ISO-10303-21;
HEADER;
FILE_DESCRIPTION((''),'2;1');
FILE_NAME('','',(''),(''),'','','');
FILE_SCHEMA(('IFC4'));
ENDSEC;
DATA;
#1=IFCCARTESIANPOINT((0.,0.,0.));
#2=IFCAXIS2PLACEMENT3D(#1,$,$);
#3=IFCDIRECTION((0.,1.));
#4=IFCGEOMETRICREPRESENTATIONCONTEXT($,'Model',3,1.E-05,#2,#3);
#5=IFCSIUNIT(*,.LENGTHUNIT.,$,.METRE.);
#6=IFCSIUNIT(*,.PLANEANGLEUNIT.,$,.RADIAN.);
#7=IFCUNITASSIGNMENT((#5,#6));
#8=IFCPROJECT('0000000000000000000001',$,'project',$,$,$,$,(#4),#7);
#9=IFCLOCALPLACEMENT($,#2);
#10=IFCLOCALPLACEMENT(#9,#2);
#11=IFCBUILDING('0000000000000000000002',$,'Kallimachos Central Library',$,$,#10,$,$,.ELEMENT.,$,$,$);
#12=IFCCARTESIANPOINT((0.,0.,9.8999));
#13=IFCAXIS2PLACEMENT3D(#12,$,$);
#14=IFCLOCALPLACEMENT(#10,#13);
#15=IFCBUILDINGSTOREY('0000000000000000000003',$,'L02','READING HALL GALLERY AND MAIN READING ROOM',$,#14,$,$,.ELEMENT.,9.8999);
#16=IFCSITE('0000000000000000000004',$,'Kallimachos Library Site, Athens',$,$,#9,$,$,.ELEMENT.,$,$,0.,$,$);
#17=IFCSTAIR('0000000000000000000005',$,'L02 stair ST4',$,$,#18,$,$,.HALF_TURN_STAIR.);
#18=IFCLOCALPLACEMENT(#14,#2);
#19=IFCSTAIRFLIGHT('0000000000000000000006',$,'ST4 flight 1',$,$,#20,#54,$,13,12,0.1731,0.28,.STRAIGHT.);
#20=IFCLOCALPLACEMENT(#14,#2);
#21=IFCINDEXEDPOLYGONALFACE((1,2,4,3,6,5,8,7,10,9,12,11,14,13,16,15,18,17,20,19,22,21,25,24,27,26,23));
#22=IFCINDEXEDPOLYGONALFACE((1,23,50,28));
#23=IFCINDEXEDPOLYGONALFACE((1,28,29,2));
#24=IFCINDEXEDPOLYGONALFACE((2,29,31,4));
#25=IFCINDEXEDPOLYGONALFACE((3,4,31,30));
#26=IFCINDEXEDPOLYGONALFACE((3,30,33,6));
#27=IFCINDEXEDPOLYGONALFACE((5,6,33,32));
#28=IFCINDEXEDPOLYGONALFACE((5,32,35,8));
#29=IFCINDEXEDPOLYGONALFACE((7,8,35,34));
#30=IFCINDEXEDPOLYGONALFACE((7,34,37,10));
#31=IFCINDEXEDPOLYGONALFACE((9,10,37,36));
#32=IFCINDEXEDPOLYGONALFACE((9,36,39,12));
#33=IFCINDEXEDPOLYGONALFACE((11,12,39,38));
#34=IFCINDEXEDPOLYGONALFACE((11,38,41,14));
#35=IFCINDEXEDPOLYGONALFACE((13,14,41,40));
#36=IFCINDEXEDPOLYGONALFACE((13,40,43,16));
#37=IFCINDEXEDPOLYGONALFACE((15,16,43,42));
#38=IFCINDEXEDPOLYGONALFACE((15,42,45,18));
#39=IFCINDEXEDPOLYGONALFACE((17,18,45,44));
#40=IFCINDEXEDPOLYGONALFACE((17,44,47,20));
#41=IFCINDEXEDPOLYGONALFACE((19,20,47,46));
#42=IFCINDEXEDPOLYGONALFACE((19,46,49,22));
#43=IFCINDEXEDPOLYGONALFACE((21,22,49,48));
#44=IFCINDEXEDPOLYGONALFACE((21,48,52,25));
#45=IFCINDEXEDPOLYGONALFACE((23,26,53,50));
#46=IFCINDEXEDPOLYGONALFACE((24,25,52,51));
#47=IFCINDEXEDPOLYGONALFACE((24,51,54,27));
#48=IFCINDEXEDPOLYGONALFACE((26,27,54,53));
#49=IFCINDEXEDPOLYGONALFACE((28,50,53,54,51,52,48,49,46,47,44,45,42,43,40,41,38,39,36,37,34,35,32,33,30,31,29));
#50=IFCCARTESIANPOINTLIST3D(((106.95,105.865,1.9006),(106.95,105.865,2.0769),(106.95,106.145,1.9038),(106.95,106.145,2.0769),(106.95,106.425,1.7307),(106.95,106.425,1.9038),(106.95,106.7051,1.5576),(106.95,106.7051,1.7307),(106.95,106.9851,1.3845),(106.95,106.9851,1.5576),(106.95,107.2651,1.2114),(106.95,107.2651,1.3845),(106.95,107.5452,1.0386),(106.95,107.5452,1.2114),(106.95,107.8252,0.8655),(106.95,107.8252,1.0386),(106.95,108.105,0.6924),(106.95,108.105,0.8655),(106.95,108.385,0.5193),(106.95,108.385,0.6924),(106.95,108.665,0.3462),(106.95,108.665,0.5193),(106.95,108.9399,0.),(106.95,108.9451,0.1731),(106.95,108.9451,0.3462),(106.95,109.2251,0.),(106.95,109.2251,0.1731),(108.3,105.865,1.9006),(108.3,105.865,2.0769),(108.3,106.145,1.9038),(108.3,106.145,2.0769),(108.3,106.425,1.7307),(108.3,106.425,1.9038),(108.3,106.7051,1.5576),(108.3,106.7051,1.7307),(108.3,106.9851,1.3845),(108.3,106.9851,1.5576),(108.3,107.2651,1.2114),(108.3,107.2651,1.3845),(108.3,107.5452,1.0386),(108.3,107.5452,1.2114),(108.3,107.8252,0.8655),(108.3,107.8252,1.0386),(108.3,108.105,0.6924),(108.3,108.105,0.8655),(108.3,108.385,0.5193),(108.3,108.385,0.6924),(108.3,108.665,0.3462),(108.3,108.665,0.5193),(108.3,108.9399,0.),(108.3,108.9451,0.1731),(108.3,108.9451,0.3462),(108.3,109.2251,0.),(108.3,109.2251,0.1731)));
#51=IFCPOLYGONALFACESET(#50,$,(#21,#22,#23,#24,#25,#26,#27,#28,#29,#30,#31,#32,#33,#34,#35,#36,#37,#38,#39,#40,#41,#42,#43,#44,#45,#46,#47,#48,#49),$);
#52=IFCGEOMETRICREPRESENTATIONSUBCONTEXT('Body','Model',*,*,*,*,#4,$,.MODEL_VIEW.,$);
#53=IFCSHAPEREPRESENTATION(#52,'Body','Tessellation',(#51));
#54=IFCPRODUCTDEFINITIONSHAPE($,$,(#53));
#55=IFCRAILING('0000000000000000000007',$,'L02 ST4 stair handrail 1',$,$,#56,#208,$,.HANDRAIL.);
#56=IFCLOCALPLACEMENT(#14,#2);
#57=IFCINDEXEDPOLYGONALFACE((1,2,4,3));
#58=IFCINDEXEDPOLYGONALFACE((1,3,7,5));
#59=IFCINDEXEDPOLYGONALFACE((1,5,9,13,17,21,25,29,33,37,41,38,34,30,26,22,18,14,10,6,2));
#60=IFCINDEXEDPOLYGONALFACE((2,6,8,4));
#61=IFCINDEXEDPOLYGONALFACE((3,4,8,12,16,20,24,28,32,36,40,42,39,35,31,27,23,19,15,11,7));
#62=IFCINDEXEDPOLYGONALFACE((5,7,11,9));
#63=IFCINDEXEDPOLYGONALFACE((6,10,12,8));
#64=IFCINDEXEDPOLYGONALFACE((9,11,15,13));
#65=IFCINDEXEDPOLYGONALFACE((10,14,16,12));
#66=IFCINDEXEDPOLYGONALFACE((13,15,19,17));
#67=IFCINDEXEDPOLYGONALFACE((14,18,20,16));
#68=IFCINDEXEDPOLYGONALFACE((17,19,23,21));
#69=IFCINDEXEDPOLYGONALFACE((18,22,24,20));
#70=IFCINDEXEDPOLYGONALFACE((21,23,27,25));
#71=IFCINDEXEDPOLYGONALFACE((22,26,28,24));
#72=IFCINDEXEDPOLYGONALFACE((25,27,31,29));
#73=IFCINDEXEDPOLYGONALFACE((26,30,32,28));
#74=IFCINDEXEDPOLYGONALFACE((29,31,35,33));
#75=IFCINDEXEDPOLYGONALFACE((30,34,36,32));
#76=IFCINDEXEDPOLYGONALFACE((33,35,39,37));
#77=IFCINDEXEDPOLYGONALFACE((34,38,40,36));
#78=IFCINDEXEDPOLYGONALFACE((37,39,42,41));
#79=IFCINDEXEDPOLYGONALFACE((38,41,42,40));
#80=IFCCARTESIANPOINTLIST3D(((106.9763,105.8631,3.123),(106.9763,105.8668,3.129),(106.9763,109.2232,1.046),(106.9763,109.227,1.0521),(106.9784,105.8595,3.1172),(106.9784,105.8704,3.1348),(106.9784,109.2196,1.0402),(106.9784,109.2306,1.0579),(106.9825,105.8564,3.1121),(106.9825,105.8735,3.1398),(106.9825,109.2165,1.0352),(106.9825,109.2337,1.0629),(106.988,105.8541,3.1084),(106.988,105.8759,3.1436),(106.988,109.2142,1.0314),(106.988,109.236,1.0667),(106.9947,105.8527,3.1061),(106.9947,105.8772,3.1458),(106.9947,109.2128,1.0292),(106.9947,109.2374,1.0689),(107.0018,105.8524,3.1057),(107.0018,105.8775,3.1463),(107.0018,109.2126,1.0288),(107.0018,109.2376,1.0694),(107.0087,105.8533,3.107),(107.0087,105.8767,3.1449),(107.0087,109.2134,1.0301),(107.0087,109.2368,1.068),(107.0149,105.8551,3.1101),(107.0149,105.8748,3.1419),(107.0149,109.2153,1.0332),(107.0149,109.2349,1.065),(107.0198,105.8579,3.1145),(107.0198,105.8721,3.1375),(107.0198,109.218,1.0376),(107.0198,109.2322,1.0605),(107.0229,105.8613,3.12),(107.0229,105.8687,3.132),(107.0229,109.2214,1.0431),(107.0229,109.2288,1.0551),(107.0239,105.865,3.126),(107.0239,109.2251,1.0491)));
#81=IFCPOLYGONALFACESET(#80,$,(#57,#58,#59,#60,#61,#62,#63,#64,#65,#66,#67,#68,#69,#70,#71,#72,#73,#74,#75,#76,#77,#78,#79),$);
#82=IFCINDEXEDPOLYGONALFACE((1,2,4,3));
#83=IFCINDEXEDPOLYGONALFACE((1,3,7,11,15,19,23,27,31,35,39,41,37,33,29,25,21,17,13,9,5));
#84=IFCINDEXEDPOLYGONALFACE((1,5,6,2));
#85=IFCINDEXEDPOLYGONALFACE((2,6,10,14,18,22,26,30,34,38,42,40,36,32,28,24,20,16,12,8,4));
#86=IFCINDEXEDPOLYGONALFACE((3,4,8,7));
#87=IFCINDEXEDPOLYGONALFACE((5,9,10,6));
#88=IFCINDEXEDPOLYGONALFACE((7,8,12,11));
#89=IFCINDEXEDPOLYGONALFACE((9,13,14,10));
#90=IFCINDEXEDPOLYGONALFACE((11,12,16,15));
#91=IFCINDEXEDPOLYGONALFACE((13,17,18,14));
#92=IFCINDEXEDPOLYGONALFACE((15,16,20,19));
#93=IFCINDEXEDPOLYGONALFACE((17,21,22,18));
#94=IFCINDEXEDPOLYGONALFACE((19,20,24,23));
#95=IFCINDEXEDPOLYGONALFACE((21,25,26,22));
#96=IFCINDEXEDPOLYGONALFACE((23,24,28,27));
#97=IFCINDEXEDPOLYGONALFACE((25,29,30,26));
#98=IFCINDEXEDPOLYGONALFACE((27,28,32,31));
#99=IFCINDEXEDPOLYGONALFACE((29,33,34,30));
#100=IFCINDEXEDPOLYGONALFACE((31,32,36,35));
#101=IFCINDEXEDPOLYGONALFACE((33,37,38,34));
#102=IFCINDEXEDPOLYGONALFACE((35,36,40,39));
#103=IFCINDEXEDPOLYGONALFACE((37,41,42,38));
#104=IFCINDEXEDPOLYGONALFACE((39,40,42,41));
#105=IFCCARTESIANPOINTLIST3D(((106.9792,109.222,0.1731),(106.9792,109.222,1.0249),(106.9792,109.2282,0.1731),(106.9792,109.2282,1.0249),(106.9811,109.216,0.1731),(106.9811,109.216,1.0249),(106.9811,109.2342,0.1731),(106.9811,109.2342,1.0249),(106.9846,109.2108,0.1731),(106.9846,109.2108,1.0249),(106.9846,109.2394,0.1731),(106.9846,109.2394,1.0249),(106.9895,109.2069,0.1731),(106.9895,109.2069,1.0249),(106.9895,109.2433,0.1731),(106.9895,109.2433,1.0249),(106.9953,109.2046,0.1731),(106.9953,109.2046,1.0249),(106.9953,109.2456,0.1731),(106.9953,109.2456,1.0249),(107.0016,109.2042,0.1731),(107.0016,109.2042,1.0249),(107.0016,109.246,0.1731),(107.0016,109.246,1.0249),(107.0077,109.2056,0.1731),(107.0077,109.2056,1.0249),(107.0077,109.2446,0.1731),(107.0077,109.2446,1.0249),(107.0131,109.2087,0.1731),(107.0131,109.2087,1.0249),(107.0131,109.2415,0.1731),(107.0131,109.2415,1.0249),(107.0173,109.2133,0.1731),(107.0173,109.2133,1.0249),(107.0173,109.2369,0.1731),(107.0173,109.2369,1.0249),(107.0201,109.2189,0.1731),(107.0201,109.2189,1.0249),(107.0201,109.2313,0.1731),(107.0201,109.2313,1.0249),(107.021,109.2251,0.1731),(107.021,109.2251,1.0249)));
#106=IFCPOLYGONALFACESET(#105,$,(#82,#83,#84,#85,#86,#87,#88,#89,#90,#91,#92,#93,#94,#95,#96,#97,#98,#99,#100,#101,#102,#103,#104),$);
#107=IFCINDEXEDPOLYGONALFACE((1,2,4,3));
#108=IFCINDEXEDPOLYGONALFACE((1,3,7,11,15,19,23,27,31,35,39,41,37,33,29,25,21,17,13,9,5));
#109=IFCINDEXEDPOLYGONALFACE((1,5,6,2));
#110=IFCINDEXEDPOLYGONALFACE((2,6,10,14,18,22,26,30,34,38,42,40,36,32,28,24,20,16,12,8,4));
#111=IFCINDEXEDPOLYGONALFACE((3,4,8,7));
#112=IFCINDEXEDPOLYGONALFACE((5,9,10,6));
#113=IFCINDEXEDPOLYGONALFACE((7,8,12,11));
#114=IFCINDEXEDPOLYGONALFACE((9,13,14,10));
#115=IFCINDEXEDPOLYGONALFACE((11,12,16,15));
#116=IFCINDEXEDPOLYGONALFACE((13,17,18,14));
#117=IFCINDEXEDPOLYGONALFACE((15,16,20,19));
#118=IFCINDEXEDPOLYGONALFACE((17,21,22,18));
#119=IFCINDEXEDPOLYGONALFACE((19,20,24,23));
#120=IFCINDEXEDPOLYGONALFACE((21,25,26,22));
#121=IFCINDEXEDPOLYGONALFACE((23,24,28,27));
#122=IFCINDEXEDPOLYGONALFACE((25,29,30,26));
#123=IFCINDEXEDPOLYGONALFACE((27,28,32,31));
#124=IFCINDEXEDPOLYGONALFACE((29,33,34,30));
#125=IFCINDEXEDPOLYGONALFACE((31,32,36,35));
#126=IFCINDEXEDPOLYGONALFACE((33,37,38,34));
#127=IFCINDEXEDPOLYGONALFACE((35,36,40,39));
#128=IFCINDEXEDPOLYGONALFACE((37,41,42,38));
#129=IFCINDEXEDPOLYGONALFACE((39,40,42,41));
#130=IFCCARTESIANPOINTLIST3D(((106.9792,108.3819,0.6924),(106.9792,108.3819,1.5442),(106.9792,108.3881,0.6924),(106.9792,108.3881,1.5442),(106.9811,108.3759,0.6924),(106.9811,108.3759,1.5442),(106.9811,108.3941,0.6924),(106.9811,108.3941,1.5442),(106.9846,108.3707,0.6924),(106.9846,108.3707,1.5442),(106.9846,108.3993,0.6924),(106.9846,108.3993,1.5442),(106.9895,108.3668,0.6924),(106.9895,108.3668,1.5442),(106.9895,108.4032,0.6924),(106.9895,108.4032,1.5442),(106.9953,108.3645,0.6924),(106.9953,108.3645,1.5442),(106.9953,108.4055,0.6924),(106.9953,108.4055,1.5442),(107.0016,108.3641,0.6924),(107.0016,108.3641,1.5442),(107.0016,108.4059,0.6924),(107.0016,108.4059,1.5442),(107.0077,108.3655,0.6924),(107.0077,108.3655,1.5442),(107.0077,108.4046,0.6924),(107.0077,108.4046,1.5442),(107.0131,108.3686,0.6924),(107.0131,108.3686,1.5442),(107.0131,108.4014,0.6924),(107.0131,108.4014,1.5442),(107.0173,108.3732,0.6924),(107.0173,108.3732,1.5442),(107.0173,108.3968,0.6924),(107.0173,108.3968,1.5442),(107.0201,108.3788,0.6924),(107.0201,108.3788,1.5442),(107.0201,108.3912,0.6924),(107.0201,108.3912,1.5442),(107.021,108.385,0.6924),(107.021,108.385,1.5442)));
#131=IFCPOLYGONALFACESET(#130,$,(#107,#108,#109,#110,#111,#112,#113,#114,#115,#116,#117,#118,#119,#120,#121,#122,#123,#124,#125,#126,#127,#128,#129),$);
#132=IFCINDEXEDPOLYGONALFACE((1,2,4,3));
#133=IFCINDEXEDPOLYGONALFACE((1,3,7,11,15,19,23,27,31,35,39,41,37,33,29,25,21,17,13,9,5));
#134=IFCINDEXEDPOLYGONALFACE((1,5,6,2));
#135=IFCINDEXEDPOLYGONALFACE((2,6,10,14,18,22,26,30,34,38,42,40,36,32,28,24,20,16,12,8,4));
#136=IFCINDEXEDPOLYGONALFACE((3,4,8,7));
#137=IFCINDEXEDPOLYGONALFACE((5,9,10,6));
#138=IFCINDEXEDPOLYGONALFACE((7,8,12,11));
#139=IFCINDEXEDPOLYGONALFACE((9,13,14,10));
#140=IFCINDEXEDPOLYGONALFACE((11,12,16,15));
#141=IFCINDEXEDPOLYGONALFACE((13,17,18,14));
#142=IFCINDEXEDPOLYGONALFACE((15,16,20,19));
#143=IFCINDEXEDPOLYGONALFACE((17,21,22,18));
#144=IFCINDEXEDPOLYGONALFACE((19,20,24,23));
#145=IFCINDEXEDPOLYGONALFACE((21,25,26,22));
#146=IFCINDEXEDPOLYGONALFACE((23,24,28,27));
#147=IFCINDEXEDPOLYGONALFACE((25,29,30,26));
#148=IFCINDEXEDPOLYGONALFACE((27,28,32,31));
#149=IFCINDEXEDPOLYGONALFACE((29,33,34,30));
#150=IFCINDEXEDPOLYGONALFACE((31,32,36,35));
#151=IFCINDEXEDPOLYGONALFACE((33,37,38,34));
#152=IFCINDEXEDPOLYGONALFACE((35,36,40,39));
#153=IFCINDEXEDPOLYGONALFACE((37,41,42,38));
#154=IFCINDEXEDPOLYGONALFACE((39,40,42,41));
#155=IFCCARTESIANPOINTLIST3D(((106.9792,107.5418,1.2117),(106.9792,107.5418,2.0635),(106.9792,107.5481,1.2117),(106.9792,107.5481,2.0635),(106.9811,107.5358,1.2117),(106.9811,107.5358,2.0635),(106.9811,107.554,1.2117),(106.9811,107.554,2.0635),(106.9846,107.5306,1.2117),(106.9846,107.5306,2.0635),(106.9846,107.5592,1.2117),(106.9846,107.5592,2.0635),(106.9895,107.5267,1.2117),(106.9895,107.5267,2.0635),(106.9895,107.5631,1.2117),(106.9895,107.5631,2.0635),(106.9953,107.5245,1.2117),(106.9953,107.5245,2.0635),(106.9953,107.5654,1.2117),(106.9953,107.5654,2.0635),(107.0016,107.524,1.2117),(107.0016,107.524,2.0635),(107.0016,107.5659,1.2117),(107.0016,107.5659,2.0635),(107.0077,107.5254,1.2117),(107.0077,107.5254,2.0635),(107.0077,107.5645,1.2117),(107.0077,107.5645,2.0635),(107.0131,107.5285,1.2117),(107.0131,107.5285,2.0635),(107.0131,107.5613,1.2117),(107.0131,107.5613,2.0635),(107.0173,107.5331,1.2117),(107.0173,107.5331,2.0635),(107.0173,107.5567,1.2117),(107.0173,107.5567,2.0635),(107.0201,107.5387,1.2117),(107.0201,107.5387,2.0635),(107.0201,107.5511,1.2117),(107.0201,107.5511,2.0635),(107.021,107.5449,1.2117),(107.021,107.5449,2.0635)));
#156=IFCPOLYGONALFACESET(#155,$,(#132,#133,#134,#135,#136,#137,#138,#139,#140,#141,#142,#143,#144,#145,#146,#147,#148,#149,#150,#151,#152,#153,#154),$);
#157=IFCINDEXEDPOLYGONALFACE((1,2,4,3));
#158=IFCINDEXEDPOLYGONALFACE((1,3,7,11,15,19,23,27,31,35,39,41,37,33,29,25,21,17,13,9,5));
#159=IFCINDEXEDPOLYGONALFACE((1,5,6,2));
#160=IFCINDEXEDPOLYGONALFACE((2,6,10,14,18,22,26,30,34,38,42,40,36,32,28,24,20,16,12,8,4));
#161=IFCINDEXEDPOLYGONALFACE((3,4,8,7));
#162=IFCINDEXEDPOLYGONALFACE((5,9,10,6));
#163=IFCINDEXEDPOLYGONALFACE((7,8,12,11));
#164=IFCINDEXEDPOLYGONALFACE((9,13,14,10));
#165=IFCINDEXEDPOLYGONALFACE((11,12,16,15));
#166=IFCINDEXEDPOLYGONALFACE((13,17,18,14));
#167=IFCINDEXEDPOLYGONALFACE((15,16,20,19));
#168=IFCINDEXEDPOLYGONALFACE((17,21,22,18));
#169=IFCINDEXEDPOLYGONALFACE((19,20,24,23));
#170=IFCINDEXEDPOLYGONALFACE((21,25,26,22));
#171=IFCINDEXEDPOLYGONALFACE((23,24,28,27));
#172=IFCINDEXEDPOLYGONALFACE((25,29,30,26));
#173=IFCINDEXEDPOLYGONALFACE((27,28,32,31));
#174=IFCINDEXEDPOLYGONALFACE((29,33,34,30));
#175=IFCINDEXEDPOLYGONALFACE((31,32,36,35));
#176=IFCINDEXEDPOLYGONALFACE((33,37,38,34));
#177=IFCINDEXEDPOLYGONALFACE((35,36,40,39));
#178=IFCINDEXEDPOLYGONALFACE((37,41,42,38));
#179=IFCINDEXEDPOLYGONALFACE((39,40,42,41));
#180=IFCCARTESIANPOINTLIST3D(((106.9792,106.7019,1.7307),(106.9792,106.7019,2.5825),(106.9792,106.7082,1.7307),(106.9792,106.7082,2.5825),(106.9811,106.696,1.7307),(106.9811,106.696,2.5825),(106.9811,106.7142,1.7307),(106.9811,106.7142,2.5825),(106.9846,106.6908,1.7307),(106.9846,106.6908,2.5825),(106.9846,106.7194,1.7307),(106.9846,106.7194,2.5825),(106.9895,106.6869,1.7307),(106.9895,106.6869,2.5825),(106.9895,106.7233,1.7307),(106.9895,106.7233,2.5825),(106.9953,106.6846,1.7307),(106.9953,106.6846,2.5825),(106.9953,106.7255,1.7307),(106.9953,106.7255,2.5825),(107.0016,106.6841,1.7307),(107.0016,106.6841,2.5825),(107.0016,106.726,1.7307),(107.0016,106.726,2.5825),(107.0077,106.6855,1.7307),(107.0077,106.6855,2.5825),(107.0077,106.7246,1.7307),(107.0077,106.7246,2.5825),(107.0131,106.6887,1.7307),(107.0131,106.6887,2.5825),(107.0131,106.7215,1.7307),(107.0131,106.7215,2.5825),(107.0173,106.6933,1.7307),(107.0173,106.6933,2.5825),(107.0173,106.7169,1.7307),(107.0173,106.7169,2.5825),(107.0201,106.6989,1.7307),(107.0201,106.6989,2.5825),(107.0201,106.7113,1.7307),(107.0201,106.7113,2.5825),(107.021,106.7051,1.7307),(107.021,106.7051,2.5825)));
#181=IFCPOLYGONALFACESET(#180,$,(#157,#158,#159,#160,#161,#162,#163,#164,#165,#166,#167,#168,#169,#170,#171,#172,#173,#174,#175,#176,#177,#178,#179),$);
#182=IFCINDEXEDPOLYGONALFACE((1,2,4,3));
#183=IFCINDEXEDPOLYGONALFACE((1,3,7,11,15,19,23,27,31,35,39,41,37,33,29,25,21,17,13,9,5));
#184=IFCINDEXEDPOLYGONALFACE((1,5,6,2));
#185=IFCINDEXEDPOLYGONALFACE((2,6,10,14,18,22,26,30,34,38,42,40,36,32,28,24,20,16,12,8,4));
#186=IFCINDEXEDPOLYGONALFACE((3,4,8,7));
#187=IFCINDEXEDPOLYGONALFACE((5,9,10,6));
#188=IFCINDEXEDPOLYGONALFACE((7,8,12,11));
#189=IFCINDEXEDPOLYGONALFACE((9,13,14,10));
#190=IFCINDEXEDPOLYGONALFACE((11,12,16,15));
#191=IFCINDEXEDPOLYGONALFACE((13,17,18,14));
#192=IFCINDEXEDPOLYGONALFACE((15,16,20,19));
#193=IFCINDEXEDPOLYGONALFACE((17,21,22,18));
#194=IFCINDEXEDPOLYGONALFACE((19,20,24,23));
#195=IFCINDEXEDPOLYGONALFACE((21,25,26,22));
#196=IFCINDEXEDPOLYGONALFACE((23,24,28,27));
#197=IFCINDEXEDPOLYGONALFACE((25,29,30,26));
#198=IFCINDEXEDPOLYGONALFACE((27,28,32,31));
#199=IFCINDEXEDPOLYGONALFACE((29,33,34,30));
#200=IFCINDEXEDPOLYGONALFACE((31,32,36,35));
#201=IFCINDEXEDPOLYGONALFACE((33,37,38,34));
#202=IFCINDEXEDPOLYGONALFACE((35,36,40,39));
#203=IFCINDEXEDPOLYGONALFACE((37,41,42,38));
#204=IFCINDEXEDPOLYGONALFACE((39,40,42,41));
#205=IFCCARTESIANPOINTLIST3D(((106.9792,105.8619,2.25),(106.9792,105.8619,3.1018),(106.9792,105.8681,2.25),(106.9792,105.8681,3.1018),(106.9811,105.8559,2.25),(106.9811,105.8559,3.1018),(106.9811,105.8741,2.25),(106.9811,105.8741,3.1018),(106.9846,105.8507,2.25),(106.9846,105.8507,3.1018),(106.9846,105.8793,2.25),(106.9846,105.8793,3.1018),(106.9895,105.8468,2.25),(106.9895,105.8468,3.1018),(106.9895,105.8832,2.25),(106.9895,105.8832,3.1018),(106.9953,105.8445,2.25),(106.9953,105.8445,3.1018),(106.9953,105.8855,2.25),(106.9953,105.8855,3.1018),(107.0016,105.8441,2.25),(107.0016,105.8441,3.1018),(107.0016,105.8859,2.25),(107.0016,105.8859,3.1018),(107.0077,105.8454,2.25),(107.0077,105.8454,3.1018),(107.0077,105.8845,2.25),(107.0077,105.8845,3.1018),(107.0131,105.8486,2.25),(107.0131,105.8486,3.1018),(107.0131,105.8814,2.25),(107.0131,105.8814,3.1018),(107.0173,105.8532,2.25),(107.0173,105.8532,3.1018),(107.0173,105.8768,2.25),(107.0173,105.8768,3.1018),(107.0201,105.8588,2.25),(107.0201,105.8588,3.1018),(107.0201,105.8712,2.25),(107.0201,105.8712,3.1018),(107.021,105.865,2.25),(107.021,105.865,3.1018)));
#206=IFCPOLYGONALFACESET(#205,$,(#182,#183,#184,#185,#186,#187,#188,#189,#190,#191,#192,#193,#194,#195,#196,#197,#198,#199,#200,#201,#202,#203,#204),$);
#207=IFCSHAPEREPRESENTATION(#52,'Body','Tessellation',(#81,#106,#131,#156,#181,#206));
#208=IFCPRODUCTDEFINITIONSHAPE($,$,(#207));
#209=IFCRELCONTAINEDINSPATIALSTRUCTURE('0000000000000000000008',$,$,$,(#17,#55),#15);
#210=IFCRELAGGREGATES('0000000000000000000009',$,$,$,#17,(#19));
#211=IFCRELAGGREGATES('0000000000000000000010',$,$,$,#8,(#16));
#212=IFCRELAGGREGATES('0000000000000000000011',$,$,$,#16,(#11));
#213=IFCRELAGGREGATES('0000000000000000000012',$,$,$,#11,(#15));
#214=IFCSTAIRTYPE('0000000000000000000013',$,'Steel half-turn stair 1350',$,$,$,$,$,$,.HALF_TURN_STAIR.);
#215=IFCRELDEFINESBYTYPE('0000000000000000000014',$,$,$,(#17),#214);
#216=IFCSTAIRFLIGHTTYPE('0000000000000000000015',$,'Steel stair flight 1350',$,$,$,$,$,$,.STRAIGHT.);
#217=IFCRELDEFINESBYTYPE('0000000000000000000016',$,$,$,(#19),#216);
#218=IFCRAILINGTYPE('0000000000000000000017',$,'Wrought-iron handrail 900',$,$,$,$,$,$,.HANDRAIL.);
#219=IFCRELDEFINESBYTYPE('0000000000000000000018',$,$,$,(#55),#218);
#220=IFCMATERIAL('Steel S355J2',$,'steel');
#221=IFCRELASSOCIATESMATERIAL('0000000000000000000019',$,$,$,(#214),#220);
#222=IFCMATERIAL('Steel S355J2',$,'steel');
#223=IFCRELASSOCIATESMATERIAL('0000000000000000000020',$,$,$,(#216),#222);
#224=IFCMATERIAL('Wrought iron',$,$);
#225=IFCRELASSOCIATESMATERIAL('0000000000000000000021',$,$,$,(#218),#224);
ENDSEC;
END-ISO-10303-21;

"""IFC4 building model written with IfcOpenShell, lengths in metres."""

from ifc_helpers import new_model, si_unit, direction, frame, origin, origin_2d, place, context, subcontext, project, spatial, polyline, circle, outline, extrude, material, type_object, element, aggregate, save


model = new_model("IFC4")

# Units and contexts
model_context = context("Model", 3, precision=1e-05, world=origin(), true_north=direction((0.0, 1.0)))
body_context = subcontext(model_context, "Body", "Model", "MODEL_VIEW")
ifc_project = project(units=[si_unit("LENGTHUNIT", "METRE"), si_unit("PLANEANGLEUNIT", "RADIAN")], contexts=[model_context])

# Site, building, storey
site_placement = place(None, origin())
site = spatial("IfcSite", under=ifc_project, at=site_placement, Name="Kallimachos Library Site, Athens", CompositionType="ELEMENT", RefElevation=0.0)
building_placement = place(site_placement, origin())
building = spatial("IfcBuilding", under=site, at=building_placement, Name="Kallimachos Central Library", CompositionType="ELEMENT")
storey_placement = place(building_placement, frame((0.0, 0.0, 9.8999)))
storey = spatial("IfcBuildingStorey", under=building, at=storey_placement, Name="L02", Description="READING HALL GALLERY AND MAIN READING ROOM", CompositionType="ELEMENT", Elevation=9.8999)

# Stair, stair flight
ifc_material_1 = material(Name="Steel S355J2", Category="steel")
stair_type = type_object("IfcStairType", Name="Steel half-turn stair 1350", PredefinedType="HALF_TURN_STAIR", material=ifc_material_1)
stair_placement = place(storey_placement, origin())
stair = element("IfcStair", 1, at=stair_placement, inside=storey, type_object=stair_type, Name="L02 stair ST4", PredefinedType="HALF_TURN_STAIR")
ifc_material_2 = material(Name="Steel S355J2", Category="steel")
stair_flight_type = type_object("IfcStairFlightType", Name="Steel stair flight 1350", PredefinedType="STRAIGHT", material=ifc_material_2)
stair_flight_placement = place(storey_placement, frame((107.625, 109.2251, 0.0), z_axis=(0.0, 0.0, 1.0), x_axis=(0.0, -1.0, 0.0)))
stair_flight = element("IfcStairFlight", 2, at=stair_flight_placement, type_object=stair_flight_type, Name="ST4 flight 1", NumberOfRisers=13, NumberOfTreads=12, PredefinedType="STRAIGHT", RiserHeight=0.1731, TreadLength=0.28, context=body_context, shape_type="SweptSolid", body=[
    extrude(outline(polyline([(0.0, 0.0), (0.0, 0.1731), (0.28, 0.1731), (0.28, 0.3462), (0.5601, 0.3462), (0.5601, 0.5193), (0.8401, 0.5193), (0.8401, 0.6924), (1.1201, 0.6924), (1.1201, 0.8655), (1.3999, 0.8655), (1.3999, 1.0386), (1.6799, 1.0386), (1.6799, 1.2114), (1.96, 1.2114), (1.96, 1.3845), (2.24, 1.3845), (2.24, 1.5576), (2.52, 1.5576), (2.52, 1.7307), (2.8, 1.7307), (2.8, 1.9038), (3.0801, 1.9038), (3.0801, 2.0769), (3.3601, 2.0769), (3.3601, 2.25), (3.3601, 1.9006), (0.2852, 0.0), (0.0, 0.0)])), frame((0.0, 0.675, 0.0), z_axis=(0.0, -1.0, 0.0), x_axis=(1.0, 0.0, 0.0)), (0.0, 0.0, 1.0), 1.3501),
])
aggregate(stair, [stair_flight])

# Railing
ifc_material_3 = material(Name="Wrought iron")
railing_type_1 = type_object("IfcRailingType", Name="Wrought-iron handrail 900", PredefinedType="HANDRAIL", material=ifc_material_3)
railing_1_placement = place(storey_placement, frame((107.0, 109.2251, 0.1731)))
element("IfcRailing", 3, at=railing_1_placement, inside=storey, type_object=railing_type_1, Name="L02 ST4 stair handrail 1", PredefinedType="HANDRAIL", context=body_context, shape_type="SweptSolid", body=[
    extrude(circle(Radius=0.0239, at=origin_2d()), frame((0.0, 0.0, 0.876), z_axis=(0.0, -0.850623, 0.525776), x_axis=(1.0, 0.0, 0.0)), (0.0, 0.0, 1.0), 3.9502),
    extrude(circle(Radius=0.021, at=origin_2d()), origin(), (0.0, 0.0, 1.0), 0.8518),
    extrude(circle(Radius=0.021, at=origin_2d()), frame((0.0, -0.8401, 0.5193)), (0.0, 0.0, 1.0), 0.8518),
    extrude(circle(Radius=0.021, at=origin_2d()), frame((0.0, -1.6802, 1.0386)), (0.0, 0.0, 1.0), 0.8518),
    extrude(circle(Radius=0.021, at=origin_2d()), frame((0.0, -2.52, 1.5576)), (0.0, 0.0, 1.0), 0.8518),
    extrude(circle(Radius=0.021, at=origin_2d()), frame((0.0, -3.3601, 2.0769)), (0.0, 0.0, 1.0), 0.8518),
])

save(model, "model.ifc")
